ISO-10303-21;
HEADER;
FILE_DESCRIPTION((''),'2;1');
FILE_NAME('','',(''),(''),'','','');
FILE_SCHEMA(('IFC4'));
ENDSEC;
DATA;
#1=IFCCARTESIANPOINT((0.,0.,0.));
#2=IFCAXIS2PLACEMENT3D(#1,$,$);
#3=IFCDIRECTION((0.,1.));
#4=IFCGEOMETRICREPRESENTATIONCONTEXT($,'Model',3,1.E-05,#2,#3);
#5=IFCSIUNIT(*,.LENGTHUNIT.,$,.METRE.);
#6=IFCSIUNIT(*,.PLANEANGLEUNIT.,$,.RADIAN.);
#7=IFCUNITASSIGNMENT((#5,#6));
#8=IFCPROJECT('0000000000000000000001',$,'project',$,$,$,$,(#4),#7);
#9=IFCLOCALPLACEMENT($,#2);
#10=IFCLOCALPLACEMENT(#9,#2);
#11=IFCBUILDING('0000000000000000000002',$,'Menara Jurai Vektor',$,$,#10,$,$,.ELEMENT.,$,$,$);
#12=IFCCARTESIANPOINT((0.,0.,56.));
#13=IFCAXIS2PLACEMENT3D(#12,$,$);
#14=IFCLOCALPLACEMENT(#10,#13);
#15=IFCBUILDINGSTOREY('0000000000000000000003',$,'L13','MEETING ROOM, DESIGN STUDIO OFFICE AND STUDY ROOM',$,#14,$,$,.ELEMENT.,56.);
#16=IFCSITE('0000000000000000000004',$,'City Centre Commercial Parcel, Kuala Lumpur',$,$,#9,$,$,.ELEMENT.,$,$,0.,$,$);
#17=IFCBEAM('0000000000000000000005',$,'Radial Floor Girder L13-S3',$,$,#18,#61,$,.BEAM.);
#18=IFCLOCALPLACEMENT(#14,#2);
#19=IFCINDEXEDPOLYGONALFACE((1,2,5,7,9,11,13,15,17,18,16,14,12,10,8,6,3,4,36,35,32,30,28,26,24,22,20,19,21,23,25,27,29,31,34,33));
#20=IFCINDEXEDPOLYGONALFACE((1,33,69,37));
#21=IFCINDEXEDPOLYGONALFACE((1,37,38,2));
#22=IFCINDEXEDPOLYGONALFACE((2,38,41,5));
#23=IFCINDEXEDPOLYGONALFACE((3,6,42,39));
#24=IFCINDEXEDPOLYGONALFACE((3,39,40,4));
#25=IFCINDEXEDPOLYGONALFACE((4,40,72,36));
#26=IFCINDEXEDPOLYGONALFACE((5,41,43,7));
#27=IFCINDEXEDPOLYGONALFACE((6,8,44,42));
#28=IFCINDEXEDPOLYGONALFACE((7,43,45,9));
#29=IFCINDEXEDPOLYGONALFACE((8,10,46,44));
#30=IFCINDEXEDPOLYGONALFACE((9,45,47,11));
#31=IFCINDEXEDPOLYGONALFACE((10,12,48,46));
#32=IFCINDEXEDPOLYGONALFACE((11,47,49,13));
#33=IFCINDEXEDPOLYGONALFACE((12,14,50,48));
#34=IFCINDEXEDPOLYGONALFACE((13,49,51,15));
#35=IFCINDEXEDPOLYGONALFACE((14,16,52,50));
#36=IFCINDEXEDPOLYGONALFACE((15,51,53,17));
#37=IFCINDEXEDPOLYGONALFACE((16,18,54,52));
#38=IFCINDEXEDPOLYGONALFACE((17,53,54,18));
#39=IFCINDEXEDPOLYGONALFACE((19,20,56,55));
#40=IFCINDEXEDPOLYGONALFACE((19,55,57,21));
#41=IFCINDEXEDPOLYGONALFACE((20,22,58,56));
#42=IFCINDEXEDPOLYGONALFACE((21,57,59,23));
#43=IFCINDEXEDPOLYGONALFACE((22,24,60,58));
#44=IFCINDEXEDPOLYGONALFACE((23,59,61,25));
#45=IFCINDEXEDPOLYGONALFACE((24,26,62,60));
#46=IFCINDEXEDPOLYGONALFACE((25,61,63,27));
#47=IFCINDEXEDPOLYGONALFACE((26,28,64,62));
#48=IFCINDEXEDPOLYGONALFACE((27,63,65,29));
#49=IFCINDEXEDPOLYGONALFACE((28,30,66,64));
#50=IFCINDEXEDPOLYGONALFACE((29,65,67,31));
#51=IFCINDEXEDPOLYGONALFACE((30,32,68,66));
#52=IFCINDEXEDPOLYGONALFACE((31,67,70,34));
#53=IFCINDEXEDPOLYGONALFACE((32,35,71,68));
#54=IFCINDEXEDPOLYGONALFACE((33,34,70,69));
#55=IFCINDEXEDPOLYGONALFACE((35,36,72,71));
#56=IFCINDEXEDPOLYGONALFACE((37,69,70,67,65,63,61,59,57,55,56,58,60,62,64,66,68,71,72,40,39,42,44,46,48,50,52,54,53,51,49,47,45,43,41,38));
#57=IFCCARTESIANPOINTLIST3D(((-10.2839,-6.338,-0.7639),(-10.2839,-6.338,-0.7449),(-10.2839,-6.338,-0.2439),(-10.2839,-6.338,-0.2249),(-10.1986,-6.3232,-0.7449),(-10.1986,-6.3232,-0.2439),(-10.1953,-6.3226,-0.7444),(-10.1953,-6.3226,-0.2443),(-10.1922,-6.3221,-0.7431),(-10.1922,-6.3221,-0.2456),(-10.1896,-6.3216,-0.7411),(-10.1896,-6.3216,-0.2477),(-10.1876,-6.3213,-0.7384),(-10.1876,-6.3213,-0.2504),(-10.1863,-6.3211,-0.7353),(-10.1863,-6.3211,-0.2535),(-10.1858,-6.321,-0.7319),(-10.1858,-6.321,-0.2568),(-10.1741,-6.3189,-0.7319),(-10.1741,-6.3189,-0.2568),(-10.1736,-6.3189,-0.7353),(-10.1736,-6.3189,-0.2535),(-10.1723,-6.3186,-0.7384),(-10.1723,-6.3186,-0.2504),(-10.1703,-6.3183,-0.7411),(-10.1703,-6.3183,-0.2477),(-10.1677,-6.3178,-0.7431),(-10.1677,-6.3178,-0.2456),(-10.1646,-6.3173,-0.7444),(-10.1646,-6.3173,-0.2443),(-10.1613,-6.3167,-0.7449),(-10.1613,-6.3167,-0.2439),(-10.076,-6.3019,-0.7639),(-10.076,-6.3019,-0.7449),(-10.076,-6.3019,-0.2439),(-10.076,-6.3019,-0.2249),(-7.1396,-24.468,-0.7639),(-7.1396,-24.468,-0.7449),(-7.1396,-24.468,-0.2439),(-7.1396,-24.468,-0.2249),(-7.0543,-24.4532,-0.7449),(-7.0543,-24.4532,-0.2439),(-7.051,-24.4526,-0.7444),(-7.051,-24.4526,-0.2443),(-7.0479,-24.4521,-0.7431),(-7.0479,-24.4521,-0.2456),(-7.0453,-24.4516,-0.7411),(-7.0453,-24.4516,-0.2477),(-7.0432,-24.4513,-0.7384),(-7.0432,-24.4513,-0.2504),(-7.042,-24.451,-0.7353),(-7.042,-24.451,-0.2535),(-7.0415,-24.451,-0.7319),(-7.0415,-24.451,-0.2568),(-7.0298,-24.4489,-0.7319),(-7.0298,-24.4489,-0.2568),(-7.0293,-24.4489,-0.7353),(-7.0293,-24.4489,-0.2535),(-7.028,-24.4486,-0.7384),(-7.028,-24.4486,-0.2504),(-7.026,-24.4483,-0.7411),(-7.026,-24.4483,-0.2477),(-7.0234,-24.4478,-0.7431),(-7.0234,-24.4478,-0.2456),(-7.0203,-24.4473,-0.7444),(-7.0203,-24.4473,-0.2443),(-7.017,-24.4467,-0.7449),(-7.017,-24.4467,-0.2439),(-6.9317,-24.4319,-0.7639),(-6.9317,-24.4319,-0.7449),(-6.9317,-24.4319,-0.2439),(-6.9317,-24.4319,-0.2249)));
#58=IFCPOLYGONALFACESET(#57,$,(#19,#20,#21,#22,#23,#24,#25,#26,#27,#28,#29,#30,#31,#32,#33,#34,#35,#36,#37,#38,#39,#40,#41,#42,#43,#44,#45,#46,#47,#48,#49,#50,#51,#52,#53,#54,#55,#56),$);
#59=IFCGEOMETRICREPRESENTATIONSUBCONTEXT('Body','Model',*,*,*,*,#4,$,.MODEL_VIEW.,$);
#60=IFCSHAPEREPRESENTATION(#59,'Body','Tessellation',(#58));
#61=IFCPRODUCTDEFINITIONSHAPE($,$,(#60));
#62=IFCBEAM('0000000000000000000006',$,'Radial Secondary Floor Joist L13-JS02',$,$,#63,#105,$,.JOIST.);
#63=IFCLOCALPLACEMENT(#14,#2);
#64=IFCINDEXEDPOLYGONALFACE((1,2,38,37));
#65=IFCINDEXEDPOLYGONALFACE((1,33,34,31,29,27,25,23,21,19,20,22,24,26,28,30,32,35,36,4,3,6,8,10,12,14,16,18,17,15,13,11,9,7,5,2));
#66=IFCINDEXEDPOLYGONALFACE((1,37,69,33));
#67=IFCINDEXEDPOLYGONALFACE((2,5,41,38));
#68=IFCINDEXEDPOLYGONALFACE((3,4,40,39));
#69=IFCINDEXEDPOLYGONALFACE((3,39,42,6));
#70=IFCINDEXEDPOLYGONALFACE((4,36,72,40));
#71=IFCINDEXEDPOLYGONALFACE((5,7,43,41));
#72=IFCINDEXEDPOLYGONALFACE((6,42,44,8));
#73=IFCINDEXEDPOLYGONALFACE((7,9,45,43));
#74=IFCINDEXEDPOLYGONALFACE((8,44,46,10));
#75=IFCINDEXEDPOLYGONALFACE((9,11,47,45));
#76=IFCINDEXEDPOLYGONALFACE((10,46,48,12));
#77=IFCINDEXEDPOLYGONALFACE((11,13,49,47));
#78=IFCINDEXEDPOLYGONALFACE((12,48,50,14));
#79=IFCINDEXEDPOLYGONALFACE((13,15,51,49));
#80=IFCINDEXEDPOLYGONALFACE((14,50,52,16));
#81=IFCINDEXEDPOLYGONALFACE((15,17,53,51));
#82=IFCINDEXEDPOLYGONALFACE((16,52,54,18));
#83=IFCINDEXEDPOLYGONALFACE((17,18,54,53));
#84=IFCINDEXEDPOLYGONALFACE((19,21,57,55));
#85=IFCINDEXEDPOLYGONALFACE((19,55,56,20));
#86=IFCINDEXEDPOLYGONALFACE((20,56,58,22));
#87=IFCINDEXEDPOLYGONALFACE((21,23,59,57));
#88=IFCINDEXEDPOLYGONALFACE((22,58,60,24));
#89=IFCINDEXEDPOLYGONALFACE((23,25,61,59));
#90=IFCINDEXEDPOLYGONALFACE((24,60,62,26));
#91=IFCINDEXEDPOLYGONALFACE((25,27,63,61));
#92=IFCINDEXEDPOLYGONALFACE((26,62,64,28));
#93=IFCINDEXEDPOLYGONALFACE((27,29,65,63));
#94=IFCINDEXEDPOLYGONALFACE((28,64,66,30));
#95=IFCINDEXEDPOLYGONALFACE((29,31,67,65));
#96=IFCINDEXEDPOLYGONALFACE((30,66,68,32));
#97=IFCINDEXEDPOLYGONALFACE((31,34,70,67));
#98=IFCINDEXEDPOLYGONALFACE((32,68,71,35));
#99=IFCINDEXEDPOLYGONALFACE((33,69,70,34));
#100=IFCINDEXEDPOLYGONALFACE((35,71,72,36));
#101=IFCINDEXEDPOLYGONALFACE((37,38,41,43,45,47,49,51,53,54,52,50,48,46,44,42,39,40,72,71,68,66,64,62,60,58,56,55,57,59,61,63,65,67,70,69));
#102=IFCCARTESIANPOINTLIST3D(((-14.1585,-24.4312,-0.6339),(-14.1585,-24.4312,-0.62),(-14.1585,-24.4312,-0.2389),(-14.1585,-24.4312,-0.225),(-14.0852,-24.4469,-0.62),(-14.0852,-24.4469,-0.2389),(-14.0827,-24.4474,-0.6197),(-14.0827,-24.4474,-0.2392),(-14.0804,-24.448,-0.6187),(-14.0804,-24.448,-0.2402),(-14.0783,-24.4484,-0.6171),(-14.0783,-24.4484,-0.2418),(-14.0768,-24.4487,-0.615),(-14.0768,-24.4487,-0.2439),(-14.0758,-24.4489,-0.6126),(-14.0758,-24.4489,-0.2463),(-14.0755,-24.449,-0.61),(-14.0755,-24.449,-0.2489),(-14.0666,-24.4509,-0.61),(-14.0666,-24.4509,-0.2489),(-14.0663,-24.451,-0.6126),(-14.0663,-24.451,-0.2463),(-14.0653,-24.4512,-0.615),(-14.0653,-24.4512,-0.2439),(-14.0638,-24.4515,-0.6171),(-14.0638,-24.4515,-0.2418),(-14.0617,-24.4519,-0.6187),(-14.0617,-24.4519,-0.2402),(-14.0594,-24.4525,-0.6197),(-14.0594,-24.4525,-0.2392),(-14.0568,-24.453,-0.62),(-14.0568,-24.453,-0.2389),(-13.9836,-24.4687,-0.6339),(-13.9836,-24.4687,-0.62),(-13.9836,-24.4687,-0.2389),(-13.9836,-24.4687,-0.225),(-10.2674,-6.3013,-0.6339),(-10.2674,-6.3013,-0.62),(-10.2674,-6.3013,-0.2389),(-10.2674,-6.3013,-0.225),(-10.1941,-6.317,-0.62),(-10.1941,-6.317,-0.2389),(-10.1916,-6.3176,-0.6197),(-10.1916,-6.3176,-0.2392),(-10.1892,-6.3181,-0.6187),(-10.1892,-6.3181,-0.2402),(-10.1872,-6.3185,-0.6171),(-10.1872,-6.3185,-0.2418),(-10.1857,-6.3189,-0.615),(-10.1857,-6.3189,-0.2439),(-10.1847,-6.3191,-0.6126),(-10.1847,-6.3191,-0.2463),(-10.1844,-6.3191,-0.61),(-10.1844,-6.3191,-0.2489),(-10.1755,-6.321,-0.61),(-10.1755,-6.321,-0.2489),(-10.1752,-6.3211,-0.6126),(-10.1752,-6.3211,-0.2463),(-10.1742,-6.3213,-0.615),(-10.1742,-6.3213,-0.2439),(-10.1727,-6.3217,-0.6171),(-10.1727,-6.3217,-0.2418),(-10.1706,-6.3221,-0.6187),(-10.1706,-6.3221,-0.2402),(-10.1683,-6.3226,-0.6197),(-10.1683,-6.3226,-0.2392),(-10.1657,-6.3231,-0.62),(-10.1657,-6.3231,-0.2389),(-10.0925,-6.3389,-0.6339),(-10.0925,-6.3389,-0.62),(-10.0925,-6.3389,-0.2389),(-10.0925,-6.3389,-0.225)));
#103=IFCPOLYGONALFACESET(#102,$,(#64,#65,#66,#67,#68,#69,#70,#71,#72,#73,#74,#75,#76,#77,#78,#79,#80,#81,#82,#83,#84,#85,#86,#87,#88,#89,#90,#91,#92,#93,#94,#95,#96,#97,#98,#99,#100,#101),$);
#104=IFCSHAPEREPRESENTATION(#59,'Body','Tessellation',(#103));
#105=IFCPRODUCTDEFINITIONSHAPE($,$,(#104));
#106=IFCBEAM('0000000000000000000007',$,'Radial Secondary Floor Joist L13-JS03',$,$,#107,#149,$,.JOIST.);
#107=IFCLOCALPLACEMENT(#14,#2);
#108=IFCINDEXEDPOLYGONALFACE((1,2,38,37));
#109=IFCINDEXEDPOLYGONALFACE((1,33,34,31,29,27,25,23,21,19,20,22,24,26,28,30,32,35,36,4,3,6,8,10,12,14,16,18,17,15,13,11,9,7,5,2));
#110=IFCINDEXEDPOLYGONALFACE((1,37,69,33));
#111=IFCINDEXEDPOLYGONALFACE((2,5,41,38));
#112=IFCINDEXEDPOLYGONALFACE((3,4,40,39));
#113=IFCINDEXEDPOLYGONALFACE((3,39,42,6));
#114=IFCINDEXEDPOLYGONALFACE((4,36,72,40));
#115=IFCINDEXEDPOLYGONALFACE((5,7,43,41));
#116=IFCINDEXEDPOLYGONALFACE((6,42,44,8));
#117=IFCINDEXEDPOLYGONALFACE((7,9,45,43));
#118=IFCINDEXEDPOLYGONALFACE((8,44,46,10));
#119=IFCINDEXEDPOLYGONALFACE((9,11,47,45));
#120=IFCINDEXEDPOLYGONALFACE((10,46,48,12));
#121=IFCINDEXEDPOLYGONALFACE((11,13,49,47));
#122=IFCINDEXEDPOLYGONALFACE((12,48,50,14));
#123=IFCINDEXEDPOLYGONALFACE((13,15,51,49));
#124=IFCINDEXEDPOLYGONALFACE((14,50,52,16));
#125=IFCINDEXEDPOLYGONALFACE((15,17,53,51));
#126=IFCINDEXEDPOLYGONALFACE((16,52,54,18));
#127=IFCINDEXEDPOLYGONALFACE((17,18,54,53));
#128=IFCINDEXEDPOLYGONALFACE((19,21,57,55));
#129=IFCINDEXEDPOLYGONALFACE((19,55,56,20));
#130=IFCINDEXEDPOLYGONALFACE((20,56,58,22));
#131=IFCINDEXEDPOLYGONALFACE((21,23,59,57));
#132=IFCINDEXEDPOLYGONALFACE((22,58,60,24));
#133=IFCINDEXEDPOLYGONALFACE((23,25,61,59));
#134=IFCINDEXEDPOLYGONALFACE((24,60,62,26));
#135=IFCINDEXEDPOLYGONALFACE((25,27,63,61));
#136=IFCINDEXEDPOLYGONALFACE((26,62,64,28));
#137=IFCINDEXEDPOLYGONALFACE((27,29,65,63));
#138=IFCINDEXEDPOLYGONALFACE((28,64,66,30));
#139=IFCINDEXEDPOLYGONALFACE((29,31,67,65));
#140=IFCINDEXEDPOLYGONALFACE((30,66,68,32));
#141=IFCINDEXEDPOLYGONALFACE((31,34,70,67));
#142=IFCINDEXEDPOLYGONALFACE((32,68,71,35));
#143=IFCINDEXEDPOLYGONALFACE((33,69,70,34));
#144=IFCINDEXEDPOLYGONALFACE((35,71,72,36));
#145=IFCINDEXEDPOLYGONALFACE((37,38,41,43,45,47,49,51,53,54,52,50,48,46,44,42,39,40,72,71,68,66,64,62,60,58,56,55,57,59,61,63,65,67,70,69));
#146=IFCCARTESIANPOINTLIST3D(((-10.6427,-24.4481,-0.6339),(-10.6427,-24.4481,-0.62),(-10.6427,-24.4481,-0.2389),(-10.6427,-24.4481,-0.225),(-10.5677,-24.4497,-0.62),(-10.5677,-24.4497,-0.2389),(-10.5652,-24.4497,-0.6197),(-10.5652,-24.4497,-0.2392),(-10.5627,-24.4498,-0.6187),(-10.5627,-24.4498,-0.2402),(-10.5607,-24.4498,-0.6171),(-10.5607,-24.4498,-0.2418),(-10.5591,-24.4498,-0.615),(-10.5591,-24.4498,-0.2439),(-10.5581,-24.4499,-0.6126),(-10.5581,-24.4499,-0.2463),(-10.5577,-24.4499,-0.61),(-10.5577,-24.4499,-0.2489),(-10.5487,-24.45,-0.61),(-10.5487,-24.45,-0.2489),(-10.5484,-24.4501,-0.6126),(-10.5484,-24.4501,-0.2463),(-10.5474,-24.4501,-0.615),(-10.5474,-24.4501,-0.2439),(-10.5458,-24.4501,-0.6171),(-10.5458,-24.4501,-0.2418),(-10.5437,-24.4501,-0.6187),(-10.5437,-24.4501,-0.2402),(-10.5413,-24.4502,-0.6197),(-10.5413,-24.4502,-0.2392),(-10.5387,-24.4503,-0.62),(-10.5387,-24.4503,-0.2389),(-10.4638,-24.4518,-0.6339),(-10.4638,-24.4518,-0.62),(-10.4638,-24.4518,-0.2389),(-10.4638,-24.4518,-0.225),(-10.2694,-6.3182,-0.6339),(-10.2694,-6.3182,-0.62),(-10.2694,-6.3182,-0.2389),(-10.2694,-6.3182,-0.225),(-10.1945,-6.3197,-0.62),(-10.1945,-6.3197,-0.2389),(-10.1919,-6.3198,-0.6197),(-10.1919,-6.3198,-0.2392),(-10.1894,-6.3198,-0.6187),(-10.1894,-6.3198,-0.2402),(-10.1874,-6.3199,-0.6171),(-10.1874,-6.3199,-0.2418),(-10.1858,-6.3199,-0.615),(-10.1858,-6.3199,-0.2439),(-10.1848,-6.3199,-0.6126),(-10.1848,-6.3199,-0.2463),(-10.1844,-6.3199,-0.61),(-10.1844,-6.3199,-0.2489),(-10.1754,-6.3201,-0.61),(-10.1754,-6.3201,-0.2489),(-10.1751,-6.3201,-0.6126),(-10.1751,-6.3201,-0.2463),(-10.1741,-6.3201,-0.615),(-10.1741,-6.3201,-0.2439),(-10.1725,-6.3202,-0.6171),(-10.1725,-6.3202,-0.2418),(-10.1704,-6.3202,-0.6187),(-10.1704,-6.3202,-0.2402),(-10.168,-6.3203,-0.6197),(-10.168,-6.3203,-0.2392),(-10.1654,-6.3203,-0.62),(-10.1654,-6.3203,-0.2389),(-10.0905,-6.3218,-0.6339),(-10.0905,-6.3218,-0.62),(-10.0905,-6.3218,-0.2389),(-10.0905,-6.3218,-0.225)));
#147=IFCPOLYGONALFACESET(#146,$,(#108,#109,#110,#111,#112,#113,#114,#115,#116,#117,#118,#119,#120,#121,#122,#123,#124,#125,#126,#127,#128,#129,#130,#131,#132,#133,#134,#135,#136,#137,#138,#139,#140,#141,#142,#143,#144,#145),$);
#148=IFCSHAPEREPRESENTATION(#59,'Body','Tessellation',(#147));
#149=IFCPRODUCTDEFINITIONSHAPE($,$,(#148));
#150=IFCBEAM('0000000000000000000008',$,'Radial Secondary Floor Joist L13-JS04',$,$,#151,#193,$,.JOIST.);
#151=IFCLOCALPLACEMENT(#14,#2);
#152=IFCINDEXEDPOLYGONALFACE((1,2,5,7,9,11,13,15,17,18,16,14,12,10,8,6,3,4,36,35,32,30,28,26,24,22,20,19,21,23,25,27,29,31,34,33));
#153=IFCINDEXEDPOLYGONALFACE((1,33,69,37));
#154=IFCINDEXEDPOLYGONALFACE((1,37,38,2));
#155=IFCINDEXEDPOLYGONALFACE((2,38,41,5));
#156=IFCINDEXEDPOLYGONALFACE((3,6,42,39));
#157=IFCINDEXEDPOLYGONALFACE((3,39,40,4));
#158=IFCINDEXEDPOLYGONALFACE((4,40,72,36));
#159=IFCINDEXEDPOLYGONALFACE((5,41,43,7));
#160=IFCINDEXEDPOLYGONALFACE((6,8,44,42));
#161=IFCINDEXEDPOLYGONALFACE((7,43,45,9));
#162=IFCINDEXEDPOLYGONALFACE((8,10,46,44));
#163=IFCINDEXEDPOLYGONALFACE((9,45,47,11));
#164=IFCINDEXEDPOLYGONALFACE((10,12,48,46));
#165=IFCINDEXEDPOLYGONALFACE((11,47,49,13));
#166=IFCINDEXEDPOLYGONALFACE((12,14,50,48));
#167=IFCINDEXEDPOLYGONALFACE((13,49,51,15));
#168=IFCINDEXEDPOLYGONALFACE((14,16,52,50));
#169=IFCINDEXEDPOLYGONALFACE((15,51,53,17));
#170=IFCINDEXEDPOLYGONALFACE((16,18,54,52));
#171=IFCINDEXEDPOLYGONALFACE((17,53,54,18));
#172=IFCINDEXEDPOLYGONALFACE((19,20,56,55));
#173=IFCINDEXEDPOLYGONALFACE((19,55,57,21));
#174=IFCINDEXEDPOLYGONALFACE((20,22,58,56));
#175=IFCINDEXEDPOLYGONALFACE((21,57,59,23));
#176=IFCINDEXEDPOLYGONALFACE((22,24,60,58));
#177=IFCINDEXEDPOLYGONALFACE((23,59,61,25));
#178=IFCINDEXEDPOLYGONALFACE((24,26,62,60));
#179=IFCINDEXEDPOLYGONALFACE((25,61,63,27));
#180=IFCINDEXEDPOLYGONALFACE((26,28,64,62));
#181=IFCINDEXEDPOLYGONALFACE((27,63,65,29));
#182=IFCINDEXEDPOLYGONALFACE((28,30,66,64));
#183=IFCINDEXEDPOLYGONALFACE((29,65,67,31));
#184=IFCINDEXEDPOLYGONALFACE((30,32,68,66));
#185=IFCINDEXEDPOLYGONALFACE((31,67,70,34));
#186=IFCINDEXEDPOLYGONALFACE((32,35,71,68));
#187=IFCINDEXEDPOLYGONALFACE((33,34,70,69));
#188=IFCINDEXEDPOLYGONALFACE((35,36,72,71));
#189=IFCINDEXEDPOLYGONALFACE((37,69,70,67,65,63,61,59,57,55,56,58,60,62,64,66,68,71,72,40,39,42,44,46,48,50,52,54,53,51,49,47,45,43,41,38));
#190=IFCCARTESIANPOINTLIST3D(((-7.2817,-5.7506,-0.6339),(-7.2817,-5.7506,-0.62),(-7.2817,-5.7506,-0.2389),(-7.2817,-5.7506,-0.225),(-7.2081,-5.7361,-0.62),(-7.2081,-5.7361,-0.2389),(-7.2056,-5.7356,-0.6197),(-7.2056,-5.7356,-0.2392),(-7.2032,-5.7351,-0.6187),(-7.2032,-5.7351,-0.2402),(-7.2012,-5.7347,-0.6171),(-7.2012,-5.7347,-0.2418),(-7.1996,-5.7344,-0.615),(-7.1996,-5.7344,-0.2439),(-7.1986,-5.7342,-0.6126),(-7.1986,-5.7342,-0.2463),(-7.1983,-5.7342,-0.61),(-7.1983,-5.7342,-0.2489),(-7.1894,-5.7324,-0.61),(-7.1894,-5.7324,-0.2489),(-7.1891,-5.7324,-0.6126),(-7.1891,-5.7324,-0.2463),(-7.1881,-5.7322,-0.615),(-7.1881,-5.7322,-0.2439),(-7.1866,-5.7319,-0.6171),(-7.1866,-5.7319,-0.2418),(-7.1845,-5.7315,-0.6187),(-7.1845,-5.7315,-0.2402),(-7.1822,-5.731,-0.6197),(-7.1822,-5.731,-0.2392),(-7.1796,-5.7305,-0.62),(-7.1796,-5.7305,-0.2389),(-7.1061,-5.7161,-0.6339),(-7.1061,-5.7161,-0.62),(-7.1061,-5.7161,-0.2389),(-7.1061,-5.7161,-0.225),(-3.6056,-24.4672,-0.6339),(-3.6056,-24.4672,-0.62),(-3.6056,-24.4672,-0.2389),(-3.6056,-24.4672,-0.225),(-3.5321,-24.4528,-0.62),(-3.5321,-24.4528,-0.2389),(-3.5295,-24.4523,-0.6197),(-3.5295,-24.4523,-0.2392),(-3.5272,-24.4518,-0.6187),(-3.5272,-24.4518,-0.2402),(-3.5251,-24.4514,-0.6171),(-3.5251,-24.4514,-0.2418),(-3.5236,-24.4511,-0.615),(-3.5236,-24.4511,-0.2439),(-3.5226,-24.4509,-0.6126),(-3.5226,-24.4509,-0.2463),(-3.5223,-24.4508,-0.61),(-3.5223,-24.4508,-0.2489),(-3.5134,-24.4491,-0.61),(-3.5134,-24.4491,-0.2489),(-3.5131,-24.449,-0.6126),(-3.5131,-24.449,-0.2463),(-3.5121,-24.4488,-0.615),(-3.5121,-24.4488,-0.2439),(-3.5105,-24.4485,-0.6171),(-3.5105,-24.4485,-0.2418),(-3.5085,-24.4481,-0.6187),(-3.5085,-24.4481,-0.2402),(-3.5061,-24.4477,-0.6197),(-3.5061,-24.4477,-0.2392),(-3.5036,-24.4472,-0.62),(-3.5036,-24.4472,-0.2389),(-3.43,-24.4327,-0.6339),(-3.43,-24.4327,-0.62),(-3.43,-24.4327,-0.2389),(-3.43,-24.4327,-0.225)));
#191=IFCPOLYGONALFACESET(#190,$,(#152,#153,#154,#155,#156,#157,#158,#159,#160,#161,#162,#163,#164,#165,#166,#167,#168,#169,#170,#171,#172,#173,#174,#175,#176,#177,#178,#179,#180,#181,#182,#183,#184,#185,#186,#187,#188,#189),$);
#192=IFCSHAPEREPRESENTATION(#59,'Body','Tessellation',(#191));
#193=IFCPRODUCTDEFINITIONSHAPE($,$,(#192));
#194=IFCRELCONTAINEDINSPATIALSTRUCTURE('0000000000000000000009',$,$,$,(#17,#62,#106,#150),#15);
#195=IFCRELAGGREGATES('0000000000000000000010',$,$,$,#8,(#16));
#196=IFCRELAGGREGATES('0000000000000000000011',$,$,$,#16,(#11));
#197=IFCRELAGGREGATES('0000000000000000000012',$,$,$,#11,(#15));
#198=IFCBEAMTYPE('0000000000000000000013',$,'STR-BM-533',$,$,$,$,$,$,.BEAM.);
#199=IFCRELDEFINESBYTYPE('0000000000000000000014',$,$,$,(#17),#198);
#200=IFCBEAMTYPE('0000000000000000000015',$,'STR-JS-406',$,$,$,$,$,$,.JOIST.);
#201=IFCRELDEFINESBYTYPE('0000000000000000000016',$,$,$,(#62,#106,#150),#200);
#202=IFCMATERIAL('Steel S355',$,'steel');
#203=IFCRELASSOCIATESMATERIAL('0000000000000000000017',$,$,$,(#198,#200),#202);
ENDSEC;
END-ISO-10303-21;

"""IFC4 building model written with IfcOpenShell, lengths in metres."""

from ifc_helpers import new_model, si_unit, direction, frame, origin, origin_2d, place, context, subcontext, project, spatial, i_section, extrude, material, material_profile, profile_set, type_object, element, save


model = new_model("IFC4")

# Units and contexts
model_context = context("Model", 3, precision=1e-05, world=origin(), true_north=direction((0.0, 1.0)))
body_context = subcontext(model_context, "Body", "Model", "MODEL_VIEW")
ifc_project = project(units=[si_unit("LENGTHUNIT", "METRE"), si_unit("PLANEANGLEUNIT", "RADIAN")], contexts=[model_context])

# Site, building, storey
site_placement = place(None, origin())
site = spatial("IfcSite", under=ifc_project, at=site_placement, Name="City Centre Commercial Parcel, Kuala Lumpur", CompositionType="ELEMENT", RefElevation=0.0)
building_placement = place(site_placement, origin())
building = spatial("IfcBuilding", under=site, at=building_placement, Name="Menara Jurai Vektor", CompositionType="ELEMENT")
storey_placement = place(building_placement, frame((0.0, 0.0, 56.0)))
storey = spatial("IfcBuildingStorey", under=building, at=storey_placement, Name="L13", Description="MEETING ROOM, DESIGN STUDIO OFFICE AND STUDY ROOM", CompositionType="ELEMENT", Elevation=56.0)

# Beams
ifc_material_1 = material(Name="Steel S355", Category="steel")
ifc_material_profile_1 = material_profile(ifc_material_1, i_section(OverallWidth=0.2109, OverallDepth=0.5391, WebThickness=0.012, FlangeThickness=0.019, FilletRadius=0.0129, at=origin_2d()), Name="UKB 533x210x109")
ifc_profile_set_1 = profile_set([ifc_material_profile_1], Name="Steel S355")
beam_type_1 = type_object("IfcBeamType", Name="STR-BM-533", PredefinedType="BEAM", material=ifc_profile_set_1)
beam_1_placement = place(storey_placement, frame((-7.0356, -24.45, -0.4944), z_axis=(-0.17088, 0.985292, 0.0), x_axis=(-0.985292, -0.17088, 0.0)))
element("IfcBeam", 1, at=beam_1_placement, inside=storey, type_object=beam_type_1, Name="Radial Floor Girder L13-S3", PredefinedType="BEAM", context=body_context, shape_type="SweptSolid", body=[
    extrude(i_section(OverallWidth=0.2109, OverallDepth=0.5391, WebThickness=0.012, FlangeThickness=0.019, FilletRadius=0.0129, at=origin_2d()), origin(), (0.0, 0.0, 1.0), 18.4006),
])
ifc_material_profile_2 = material_profile(ifc_material_1, i_section(OverallWidth=0.179, OverallDepth=0.4089, WebThickness=0.009, FlangeThickness=0.0139, FilletRadius=0.01, at=origin_2d()), Name="UKB 406x178x67")
ifc_profile_set_2 = profile_set([ifc_material_profile_2], Name="Steel S355")
beam_type_2 = type_object("IfcBeamType", Name="STR-JS-406", PredefinedType="JOIST", material=ifc_profile_set_2)
beam_2_placement = place(storey_placement, frame((-14.071, -24.45, -0.4294), z_axis=(0.209846, 0.977735, 0.0), x_axis=(-0.977735, 0.209846, 0.0)))
element("IfcBeam", 2, at=beam_2_placement, inside=storey, type_object=beam_type_2, Name="Radial Secondary Floor Joist L13-JS02", PredefinedType="JOIST", context=body_context, shape_type="SweptSolid", body=[
    extrude(i_section(OverallWidth=0.179, OverallDepth=0.4089, WebThickness=0.009, FlangeThickness=0.0139, FilletRadius=0.01, at=origin_2d()), origin(), (0.0, 0.0, 1.0), 18.5427),
])
beam_3_placement = place(storey_placement, frame((-10.5532, -24.45, -0.4294), z_axis=(0.020585, 0.999788, 0.0), x_axis=(-0.999788, 0.020585, 0.0)))
element("IfcBeam", 3, at=beam_3_placement, inside=storey, type_object=beam_type_2, Name="Radial Secondary Floor Joist L13-JS03", PredefinedType="JOIST", context=body_context, shape_type="SweptSolid", body=[
    extrude(i_section(OverallWidth=0.179, OverallDepth=0.4089, WebThickness=0.009, FlangeThickness=0.0139, FilletRadius=0.01, at=origin_2d()), origin(), (0.0, 0.0, 1.0), 18.1338),
])
beam_4_placement = place(storey_placement, frame((-3.5178, -24.45, -0.4294), z_axis=(-0.192723, 0.981253, 0.0), x_axis=(-0.981253, -0.192723, 0.0)))
element("IfcBeam", 4, at=beam_4_placement, inside=storey, type_object=beam_type_2, Name="Radial Secondary Floor Joist L13-JS04", PredefinedType="JOIST", context=body_context, shape_type="SweptSolid", body=[
    extrude(i_section(OverallWidth=0.179, OverallDepth=0.4089, WebThickness=0.009, FlangeThickness=0.0139, FilletRadius=0.01, at=origin_2d()), origin(), (0.0, 0.0, 1.0), 19.0742),
])

save(model, "model.ifc")
